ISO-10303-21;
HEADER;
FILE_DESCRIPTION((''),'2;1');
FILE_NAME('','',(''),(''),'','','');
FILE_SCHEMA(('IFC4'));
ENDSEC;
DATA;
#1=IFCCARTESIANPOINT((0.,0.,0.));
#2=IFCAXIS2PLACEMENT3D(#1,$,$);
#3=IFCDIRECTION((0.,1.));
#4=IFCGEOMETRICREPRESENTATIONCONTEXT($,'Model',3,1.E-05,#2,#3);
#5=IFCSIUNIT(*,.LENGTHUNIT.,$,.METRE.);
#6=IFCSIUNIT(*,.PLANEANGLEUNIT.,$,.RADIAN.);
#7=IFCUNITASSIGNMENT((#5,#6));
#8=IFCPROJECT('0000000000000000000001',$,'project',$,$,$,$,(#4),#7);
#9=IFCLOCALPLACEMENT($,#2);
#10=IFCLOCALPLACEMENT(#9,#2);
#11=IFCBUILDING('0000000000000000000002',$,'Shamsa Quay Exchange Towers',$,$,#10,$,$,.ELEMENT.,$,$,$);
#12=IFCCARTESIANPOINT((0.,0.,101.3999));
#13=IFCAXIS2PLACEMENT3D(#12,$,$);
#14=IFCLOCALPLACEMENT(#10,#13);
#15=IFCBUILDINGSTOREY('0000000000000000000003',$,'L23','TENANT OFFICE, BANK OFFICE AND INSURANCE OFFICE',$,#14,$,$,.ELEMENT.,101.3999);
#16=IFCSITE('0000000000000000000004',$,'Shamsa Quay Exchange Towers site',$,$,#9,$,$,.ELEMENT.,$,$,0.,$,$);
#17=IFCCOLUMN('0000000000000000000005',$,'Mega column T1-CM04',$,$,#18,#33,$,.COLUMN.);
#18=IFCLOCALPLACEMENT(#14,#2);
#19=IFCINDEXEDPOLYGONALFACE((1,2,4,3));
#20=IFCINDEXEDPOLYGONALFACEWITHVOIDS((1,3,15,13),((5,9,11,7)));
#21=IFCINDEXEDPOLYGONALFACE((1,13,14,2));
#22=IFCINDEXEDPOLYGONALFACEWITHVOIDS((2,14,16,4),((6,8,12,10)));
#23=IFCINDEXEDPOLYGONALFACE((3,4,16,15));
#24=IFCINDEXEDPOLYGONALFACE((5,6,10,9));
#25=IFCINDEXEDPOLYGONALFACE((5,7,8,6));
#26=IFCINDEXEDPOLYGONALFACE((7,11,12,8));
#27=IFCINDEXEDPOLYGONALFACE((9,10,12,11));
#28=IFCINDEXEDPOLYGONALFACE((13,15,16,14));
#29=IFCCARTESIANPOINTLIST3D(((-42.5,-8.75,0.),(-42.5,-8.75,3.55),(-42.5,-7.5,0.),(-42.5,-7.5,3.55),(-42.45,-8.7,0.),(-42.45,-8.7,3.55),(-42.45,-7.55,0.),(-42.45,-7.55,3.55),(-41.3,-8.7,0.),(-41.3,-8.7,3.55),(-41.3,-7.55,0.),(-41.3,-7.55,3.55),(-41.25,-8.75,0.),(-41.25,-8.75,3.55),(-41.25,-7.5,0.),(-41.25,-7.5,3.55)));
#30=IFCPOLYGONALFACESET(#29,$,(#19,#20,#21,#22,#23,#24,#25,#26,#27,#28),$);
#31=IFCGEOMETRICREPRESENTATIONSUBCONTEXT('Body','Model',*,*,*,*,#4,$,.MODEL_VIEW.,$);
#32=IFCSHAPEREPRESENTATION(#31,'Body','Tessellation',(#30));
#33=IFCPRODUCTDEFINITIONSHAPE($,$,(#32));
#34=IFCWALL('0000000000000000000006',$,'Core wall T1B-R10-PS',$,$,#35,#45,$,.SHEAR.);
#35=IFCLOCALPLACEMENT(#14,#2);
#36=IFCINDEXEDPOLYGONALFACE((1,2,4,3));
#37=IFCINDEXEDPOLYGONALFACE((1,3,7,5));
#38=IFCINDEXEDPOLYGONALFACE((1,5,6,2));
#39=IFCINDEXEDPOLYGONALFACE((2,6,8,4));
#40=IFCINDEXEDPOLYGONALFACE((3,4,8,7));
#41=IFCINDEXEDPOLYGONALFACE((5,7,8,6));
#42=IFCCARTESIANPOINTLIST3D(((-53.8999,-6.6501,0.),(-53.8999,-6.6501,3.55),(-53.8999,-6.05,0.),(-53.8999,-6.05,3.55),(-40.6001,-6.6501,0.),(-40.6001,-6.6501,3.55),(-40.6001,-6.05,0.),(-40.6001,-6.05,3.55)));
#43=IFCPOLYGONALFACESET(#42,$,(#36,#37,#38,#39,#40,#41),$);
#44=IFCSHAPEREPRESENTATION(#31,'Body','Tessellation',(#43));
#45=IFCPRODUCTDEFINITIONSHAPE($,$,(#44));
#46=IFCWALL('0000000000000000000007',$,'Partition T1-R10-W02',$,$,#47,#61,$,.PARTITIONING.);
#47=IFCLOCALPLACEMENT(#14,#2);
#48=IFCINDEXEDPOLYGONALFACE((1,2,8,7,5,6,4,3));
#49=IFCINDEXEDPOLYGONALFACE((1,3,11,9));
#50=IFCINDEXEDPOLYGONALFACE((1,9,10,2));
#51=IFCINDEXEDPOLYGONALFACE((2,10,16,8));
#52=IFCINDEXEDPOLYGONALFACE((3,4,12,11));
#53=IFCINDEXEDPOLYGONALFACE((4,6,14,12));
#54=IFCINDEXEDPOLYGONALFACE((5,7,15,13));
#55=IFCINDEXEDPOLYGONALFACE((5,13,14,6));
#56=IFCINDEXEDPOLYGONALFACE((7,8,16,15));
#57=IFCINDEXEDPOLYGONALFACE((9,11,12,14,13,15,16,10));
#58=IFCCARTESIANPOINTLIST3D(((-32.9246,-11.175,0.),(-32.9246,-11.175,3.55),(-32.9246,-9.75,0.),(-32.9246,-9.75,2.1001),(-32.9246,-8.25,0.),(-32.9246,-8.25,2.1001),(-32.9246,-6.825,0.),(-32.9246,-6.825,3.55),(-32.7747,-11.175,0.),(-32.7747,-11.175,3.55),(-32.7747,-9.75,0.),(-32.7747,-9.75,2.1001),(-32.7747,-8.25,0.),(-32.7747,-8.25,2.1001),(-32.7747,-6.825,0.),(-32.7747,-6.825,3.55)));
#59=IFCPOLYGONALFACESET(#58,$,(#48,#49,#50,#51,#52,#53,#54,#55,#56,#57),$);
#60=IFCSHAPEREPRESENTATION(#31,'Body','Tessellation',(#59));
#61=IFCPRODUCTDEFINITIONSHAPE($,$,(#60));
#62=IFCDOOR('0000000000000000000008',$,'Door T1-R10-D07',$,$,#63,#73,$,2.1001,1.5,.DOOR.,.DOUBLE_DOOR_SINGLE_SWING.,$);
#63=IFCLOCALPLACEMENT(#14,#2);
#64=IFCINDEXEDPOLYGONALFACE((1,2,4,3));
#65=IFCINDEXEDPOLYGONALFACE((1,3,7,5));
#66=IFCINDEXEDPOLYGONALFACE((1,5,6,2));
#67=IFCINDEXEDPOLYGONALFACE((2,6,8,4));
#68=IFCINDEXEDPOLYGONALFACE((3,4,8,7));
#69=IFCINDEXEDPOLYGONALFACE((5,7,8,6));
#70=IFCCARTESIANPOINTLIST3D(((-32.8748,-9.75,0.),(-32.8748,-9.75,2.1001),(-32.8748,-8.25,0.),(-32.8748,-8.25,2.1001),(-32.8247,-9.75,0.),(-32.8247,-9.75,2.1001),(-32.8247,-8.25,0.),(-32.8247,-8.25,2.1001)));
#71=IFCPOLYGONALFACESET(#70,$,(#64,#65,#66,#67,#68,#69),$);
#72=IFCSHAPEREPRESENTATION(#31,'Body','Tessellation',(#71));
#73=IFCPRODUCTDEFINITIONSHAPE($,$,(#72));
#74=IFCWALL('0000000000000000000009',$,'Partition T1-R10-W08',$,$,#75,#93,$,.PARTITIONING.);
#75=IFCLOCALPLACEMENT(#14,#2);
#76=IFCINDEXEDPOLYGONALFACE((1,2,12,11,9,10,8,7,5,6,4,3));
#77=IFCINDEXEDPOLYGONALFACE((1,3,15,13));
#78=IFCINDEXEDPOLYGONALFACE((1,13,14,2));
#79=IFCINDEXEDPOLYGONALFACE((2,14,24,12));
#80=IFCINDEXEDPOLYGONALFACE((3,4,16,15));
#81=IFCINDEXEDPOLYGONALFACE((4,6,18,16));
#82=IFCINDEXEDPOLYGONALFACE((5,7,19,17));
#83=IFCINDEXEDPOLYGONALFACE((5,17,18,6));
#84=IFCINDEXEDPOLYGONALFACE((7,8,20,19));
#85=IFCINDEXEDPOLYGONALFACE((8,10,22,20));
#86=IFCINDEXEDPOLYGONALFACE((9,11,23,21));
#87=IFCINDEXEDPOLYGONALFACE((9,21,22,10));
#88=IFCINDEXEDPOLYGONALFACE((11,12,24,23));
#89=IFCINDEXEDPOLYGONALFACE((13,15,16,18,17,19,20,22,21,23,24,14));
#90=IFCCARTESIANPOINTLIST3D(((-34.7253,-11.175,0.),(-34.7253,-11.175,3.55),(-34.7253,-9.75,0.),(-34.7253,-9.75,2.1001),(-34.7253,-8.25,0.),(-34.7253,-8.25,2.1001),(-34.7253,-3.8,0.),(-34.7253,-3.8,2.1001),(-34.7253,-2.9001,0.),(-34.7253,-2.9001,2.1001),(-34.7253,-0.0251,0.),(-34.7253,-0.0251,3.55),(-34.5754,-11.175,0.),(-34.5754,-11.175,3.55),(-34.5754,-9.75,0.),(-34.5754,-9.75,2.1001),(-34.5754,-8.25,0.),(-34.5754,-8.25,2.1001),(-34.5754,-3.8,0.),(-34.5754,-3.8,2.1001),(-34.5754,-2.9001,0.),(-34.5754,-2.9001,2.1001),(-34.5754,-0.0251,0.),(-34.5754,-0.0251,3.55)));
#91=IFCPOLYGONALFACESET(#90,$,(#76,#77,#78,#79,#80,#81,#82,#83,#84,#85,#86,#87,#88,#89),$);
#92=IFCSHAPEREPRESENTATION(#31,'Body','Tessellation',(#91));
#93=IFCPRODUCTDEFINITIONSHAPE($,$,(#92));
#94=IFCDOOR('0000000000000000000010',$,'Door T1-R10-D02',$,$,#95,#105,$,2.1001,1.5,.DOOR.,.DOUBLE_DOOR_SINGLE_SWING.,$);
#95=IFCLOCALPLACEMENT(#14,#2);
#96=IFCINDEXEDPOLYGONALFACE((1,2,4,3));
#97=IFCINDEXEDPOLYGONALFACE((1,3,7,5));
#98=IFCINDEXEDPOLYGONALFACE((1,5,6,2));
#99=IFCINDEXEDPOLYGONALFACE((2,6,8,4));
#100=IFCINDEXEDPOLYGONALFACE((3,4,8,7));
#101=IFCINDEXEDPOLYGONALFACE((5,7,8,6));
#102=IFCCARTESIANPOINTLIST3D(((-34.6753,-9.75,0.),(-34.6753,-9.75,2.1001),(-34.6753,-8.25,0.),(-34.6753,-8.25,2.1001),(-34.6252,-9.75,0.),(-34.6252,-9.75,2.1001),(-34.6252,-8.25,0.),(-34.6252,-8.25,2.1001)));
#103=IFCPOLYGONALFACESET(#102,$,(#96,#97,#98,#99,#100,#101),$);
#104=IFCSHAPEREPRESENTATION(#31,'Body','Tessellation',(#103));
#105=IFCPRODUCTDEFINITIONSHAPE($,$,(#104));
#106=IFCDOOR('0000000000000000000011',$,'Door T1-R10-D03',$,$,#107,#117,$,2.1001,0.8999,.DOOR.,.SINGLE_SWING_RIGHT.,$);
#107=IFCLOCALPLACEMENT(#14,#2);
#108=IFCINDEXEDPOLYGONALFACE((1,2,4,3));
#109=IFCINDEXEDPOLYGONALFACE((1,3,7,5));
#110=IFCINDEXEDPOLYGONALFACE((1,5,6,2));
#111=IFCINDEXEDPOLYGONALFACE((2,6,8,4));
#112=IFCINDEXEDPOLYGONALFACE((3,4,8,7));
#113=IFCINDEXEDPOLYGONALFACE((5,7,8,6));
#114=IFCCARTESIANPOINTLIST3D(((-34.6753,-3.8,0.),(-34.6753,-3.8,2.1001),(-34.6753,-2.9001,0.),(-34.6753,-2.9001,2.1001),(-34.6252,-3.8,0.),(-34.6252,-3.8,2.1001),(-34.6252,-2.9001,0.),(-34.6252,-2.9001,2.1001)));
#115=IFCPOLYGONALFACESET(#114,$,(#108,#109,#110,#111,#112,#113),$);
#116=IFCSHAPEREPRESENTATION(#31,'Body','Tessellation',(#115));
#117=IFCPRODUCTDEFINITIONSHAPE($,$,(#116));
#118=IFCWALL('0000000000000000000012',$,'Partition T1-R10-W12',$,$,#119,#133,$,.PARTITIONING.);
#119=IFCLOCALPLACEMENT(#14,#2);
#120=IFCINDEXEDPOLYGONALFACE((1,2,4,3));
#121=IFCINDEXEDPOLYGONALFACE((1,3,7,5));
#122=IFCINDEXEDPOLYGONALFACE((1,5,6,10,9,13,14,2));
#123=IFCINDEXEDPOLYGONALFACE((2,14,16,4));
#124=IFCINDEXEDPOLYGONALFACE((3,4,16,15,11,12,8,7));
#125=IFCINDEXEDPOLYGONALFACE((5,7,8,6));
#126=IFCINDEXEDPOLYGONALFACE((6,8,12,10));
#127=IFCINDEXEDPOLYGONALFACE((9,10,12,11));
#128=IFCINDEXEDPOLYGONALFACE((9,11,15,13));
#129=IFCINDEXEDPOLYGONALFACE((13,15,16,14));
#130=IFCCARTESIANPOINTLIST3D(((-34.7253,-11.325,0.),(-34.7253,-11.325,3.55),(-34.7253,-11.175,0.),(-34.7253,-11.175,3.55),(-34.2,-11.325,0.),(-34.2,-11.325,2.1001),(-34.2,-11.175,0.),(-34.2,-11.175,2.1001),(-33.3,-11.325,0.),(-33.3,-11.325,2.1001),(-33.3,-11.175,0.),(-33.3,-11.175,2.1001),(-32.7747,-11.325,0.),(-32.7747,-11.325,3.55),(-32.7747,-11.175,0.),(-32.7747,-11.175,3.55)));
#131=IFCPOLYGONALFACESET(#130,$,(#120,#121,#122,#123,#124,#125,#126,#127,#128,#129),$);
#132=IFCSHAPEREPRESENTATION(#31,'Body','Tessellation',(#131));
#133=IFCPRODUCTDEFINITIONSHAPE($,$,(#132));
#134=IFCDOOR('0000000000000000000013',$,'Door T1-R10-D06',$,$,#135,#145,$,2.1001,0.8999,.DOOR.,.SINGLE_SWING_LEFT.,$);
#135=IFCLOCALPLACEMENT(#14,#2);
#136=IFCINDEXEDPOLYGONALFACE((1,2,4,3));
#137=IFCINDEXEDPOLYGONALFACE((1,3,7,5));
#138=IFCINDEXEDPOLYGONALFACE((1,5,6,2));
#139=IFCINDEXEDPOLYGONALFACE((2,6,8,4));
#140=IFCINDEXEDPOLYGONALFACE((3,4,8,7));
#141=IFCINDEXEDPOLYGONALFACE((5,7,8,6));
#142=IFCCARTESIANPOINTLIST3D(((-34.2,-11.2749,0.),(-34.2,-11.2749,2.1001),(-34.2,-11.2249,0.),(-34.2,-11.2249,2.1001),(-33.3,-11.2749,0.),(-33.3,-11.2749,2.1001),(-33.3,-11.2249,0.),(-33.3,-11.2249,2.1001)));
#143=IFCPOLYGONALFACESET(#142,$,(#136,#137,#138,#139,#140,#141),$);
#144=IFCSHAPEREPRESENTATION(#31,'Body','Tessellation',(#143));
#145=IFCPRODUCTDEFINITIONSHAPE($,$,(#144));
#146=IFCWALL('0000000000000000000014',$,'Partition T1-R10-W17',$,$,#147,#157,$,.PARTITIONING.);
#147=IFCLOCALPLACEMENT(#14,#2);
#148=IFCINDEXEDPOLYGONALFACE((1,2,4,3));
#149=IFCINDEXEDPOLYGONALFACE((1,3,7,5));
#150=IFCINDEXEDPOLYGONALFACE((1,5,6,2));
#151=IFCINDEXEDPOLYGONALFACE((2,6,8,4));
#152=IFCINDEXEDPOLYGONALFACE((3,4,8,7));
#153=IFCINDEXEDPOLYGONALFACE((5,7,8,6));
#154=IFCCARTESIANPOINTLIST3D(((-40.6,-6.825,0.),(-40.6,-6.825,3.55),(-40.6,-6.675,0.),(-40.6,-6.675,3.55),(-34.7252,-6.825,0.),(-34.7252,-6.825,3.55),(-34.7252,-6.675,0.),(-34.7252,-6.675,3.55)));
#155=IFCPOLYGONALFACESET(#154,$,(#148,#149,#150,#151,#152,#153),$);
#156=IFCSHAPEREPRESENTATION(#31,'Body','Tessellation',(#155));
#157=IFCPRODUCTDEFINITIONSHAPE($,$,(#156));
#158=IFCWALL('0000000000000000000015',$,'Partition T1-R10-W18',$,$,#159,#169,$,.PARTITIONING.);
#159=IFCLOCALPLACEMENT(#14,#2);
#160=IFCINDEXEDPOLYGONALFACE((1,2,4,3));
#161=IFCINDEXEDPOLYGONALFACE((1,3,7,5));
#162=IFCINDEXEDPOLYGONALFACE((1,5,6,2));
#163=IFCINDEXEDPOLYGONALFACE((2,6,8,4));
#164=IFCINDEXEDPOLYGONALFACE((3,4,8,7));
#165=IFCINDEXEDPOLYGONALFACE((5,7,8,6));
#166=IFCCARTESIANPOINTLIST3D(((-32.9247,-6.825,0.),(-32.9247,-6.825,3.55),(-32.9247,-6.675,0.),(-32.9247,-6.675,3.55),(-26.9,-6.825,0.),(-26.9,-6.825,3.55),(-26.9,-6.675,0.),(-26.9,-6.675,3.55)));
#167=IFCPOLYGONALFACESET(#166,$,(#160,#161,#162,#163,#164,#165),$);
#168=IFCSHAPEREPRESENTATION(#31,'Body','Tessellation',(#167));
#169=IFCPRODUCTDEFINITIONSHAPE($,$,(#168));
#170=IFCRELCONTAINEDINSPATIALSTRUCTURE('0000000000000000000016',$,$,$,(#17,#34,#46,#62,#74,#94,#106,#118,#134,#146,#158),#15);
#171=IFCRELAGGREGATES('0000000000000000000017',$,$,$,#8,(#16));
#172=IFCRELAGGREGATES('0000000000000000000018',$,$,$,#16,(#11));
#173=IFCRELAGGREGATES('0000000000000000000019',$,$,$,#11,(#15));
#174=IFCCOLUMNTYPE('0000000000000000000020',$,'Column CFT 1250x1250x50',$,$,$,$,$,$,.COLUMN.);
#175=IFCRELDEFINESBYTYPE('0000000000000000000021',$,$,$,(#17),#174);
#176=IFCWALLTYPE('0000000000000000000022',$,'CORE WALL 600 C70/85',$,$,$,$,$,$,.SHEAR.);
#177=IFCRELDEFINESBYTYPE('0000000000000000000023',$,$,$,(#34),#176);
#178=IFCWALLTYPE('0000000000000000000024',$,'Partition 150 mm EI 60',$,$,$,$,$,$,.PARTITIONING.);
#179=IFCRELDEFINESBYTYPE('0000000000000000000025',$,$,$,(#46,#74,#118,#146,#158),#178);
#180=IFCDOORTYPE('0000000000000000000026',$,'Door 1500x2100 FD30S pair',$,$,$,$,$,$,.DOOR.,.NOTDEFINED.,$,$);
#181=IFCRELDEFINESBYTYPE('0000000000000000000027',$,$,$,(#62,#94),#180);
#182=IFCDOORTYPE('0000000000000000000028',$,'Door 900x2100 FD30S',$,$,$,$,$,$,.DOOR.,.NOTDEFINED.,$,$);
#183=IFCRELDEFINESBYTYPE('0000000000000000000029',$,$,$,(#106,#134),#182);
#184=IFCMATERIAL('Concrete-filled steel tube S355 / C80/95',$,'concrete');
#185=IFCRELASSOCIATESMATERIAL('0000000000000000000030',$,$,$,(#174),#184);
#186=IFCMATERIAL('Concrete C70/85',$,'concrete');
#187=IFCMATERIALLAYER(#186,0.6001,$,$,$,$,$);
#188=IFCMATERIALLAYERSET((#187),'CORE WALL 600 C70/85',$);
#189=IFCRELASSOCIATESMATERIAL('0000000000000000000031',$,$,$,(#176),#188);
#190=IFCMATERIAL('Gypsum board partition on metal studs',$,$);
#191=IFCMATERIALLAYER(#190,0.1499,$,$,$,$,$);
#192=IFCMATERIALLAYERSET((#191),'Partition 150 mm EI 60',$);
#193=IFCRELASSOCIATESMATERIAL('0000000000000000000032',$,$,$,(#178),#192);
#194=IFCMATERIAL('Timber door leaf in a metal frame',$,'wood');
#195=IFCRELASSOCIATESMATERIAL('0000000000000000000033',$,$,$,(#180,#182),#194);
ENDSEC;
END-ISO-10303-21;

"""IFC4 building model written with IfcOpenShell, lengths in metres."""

from ifc_helpers import new_model, si_unit, direction, frame, frame_2d, origin, origin_2d, place, context, subcontext, project, spatial, rectangle, hollow_rectangle, extrude, material, layer, layer_set, material_profile, profile_set, type_object, element, fill, save


model = new_model("IFC4")

# Units and contexts
model_context = context("Model", 3, precision=1e-05, world=origin(), true_north=direction((0.0, 1.0)))
body_context = subcontext(model_context, "Body", "Model", "MODEL_VIEW")
ifc_project = project(units=[si_unit("LENGTHUNIT", "METRE"), si_unit("PLANEANGLEUNIT", "RADIAN")], contexts=[model_context])

# Site, building, storey
site_placement = place(None, origin())
site = spatial("IfcSite", under=ifc_project, at=site_placement, Name="Shamsa Quay Exchange Towers site", CompositionType="ELEMENT", RefElevation=0.0)
building_placement = place(site_placement, origin())
building = spatial("IfcBuilding", under=site, at=building_placement, Name="Shamsa Quay Exchange Towers", CompositionType="ELEMENT")
storey_placement = place(building_placement, frame((0.0, 0.0, 101.3999)))
storey = spatial("IfcBuildingStorey", under=building, at=storey_placement, Name="L23", Description="TENANT OFFICE, BANK OFFICE AND INSURANCE OFFICE", CompositionType="ELEMENT", Elevation=101.3999)

# Column
ifc_material_1 = material(Name="Concrete-filled steel tube S355 / C80/95", Category="concrete")
ifc_material_profile = material_profile(ifc_material_1, hollow_rectangle(XDim=1.25, YDim=1.25, WallThickness=0.05, at=origin_2d()), Name="CFT 1250x1250x50")
ifc_profile_set = profile_set([ifc_material_profile], Name="Concrete-filled steel tube S355 / C80/95")
column_type = type_object("IfcColumnType", Name="Column CFT 1250x1250x50", PredefinedType="COLUMN", material=ifc_profile_set)
column_placement = place(storey_placement, frame((-41.875, -8.125, 0.0)))
element("IfcColumn", 1, at=column_placement, inside=storey, type_object=column_type, Name="Mega column T1-CM04", PredefinedType="COLUMN", context=body_context, shape_type="SweptSolid", body=[
    extrude(hollow_rectangle(XDim=1.25, YDim=1.25, WallThickness=0.05, at=origin_2d()), origin(), (0.0, 0.0, 1.0), 3.55),
])

# Wall
ifc_material_2 = material(Name="Concrete C70/85", Category="concrete")
ifc_layer_1 = layer(ifc_material_2, 0.6001)
ifc_layer_set_1 = layer_set([ifc_layer_1], Name="CORE WALL 600 C70/85")
wall_type_1 = type_object("IfcWallType", Name="CORE WALL 600 C70/85", PredefinedType="SHEAR", material=ifc_layer_set_1)
wall_1_placement = place(storey_placement, frame((-40.6001, -6.3501, 0.0), z_axis=(0.0, 0.0, 1.0), x_axis=(-1.0, 0.0, 0.0)))
element("IfcWall", 2, at=wall_1_placement, inside=storey, type_object=wall_type_1, Name="Core wall T1B-R10-PS", PredefinedType="SHEAR", context=body_context, shape_type="SweptSolid", body=[
    extrude(rectangle(XDim=13.2998, YDim=0.6001, at=frame_2d((6.6499, 0.0))), origin(), (0.0, 0.0, 1.0), 3.55),
])

# Wall, opening, door
ifc_material_3 = material(Name="Gypsum board partition on metal studs")
ifc_layer_2 = layer(ifc_material_3, 0.1499)
ifc_layer_set_2 = layer_set([ifc_layer_2], Name="Partition 150 mm EI 60")
wall_type_2 = type_object("IfcWallType", Name="Partition 150 mm EI 60", PredefinedType="PARTITIONING", material=ifc_layer_set_2)
wall_2_placement = place(storey_placement, frame((-32.8496, -6.825, 0.0), z_axis=(0.0, 0.0, 1.0), x_axis=(0.0, -1.0, 0.0)))
wall_2 = element("IfcWall", 3, at=wall_2_placement, inside=storey, type_object=wall_type_2, Name="Partition T1-R10-W02", PredefinedType="PARTITIONING", context=body_context, shape_type="SweptSolid", body=[
    extrude(rectangle(XDim=4.3501, YDim=0.1499, at=frame_2d((2.175, 0.0))), origin(), (0.0, 0.0, 1.0), 3.55),
])
opening_1_placement = place(wall_2_placement, frame((1.425, 0.0, 0.0)))
opening_1 = element("IfcOpeningElement", 4, at=opening_1_placement, cuts=wall_2, PredefinedType="OPENING", context=body_context, shape_type="SweptSolid", body=[
    extrude(rectangle(XDim=1.5, YDim=2.1001, at=frame_2d((0.75, 1.05))), frame((0.0, 0.085, 0.0), z_axis=(0.0, -1.0, 0.0), x_axis=(1.0, 0.0, 0.0)), (0.0, 0.0, 1.0), 0.1699),
])
ifc_material_4 = material(Name="Timber door leaf in a metal frame", Category="wood")
door_type_1 = type_object("IfcDoorType", Name="Door 1500x2100 FD30S pair", OperationType="NOTDEFINED", PredefinedType="DOOR", material=ifc_material_4)
door_1_placement = place(opening_1_placement, origin())
door_1 = element("IfcDoor", 5, at=door_1_placement, inside=storey, type_object=door_type_1, Name="Door T1-R10-D07", OperationType="DOUBLE_DOOR_SINGLE_SWING", OverallHeight=2.1001, OverallWidth=1.5, PredefinedType="DOOR", context=body_context, shape_type="SweptSolid", body=[
    extrude(rectangle(XDim=1.5, YDim=2.1001, at=frame_2d((0.75, 1.05))), frame((0.0, 0.0249, 0.0), z_axis=(0.0, -1.0, 0.0), x_axis=(1.0, 0.0, 0.0)), (0.0, 0.0, 1.0), 0.05),
])
fill(opening_1, door_1)

# Wall, openings, doors
wall_3_placement = place(storey_placement, frame((-34.6504, -11.175, 0.0), z_axis=(0.0, 0.0, 1.0), x_axis=(0.0, 1.0, 0.0)))
wall_3 = element("IfcWall", 6, at=wall_3_placement, inside=storey, type_object=wall_type_2, Name="Partition T1-R10-W08", PredefinedType="PARTITIONING", context=body_context, shape_type="SweptSolid", body=[
    extrude(rectangle(XDim=11.1499, YDim=0.1499, at=frame_2d((5.575, 0.0))), origin(), (0.0, 0.0, 1.0), 3.55),
])
opening_2_placement = place(wall_3_placement, frame((1.425, 0.0, 0.0)))
opening_2 = element("IfcOpeningElement", 7, at=opening_2_placement, cuts=wall_3, PredefinedType="OPENING", context=body_context, shape_type="SweptSolid", body=[
    extrude(rectangle(XDim=1.5, YDim=2.1001, at=frame_2d((0.75, 1.05))), frame((0.0, 0.085, 0.0), z_axis=(0.0, -1.0, 0.0), x_axis=(1.0, 0.0, 0.0)), (0.0, 0.0, 1.0), 0.1699),
])
opening_3_placement = place(wall_3_placement, frame((7.375, 0.0, 0.0)))
opening_3 = element("IfcOpeningElement", 8, at=opening_3_placement, cuts=wall_3, PredefinedType="OPENING", context=body_context, shape_type="SweptSolid", body=[
    extrude(rectangle(XDim=0.8999, YDim=2.1001, at=frame_2d((0.45, 1.05))), frame((0.0, 0.085, 0.0), z_axis=(0.0, -1.0, 0.0), x_axis=(1.0, 0.0, 0.0)), (0.0, 0.0, 1.0), 0.1699),
])
door_2_placement = place(opening_2_placement, origin())
door_2 = element("IfcDoor", 9, at=door_2_placement, inside=storey, type_object=door_type_1, Name="Door T1-R10-D02", OperationType="DOUBLE_DOOR_SINGLE_SWING", OverallHeight=2.1001, OverallWidth=1.5, PredefinedType="DOOR", context=body_context, shape_type="SweptSolid", body=[
    extrude(rectangle(XDim=1.5, YDim=2.1001, at=frame_2d((0.75, 1.05))), frame((0.0, 0.0249, 0.0), z_axis=(0.0, -1.0, 0.0), x_axis=(1.0, 0.0, 0.0)), (0.0, 0.0, 1.0), 0.05),
])
fill(opening_2, door_2)
door_type_2 = type_object("IfcDoorType", Name="Door 900x2100 FD30S", OperationType="NOTDEFINED", PredefinedType="DOOR", material=ifc_material_4)
door_3_placement = place(opening_3_placement, origin())
door_3 = element("IfcDoor", 10, at=door_3_placement, inside=storey, type_object=door_type_2, Name="Door T1-R10-D03", OperationType="SINGLE_SWING_RIGHT", OverallHeight=2.1001, OverallWidth=0.8999, PredefinedType="DOOR", context=body_context, shape_type="SweptSolid", body=[
    extrude(rectangle(XDim=0.8999, YDim=2.1001, at=frame_2d((0.45, 1.05))), frame((0.0, 0.0249, 0.0), z_axis=(0.0, -1.0, 0.0), x_axis=(1.0, 0.0, 0.0)), (0.0, 0.0, 1.0), 0.05),
])
fill(opening_3, door_3)

# Wall, opening, door
wall_4_placement = place(storey_placement, frame((-32.7747, -11.25, 0.0), z_axis=(0.0, 0.0, 1.0), x_axis=(-1.0, 0.0, 0.0)))
wall_4 = element("IfcWall", 11, at=wall_4_placement, inside=storey, type_object=wall_type_2, Name="Partition T1-R10-W12", PredefinedType="PARTITIONING", context=body_context, shape_type="SweptSolid", body=[
    extrude(rectangle(XDim=1.9507, YDim=0.1499, at=frame_2d((0.9753, 0.0))), origin(), (0.0, 0.0, 1.0), 3.55),
])
opening_4_placement = place(wall_4_placement, frame((0.5254, 0.0, 0.0)))
opening_4 = element("IfcOpeningElement", 12, at=opening_4_placement, cuts=wall_4, PredefinedType="OPENING", context=body_context, shape_type="SweptSolid", body=[
    extrude(rectangle(XDim=0.8999, YDim=2.1001, at=frame_2d((0.45, 1.05))), frame((0.0, 0.085, 0.0), z_axis=(0.0, -1.0, 0.0), x_axis=(1.0, 0.0, 0.0)), (0.0, 0.0, 1.0), 0.1699),
])
door_4_placement = place(opening_4_placement, origin())
door_4 = element("IfcDoor", 13, at=door_4_placement, inside=storey, type_object=door_type_2, Name="Door T1-R10-D06", OperationType="SINGLE_SWING_LEFT", OverallHeight=2.1001, OverallWidth=0.8999, PredefinedType="DOOR", context=body_context, shape_type="SweptSolid", body=[
    extrude(rectangle(XDim=0.8999, YDim=2.1001, at=frame_2d((0.45, 1.05))), frame((0.0, 0.0249, 0.0), z_axis=(0.0, -1.0, 0.0), x_axis=(1.0, 0.0, 0.0)), (0.0, 0.0, 1.0), 0.05),
])
fill(opening_4, door_4)

# Walls
wall_5_placement = place(storey_placement, frame((-40.6001, -6.75, 0.0)))
element("IfcWall", 14, at=wall_5_placement, inside=storey, type_object=wall_type_2, Name="Partition T1-R10-W17", PredefinedType="PARTITIONING", context=body_context, shape_type="SweptSolid", body=[
    extrude(rectangle(XDim=5.8748, YDim=0.1499, at=frame_2d((2.9375, 0.0))), origin(), (0.0, 0.0, 1.0), 3.55),
])
wall_6_placement = place(storey_placement, frame((-32.9246, -6.75, 0.0)))
element("IfcWall", 15, at=wall_6_placement, inside=storey, type_object=wall_type_2, Name="Partition T1-R10-W18", PredefinedType="PARTITIONING", context=body_context, shape_type="SweptSolid", body=[
    extrude(rectangle(XDim=6.0247, YDim=0.1499, at=frame_2d((3.0122, 0.0))), origin(), (0.0, 0.0, 1.0), 3.55),
])

save(model, "model.ifc")
